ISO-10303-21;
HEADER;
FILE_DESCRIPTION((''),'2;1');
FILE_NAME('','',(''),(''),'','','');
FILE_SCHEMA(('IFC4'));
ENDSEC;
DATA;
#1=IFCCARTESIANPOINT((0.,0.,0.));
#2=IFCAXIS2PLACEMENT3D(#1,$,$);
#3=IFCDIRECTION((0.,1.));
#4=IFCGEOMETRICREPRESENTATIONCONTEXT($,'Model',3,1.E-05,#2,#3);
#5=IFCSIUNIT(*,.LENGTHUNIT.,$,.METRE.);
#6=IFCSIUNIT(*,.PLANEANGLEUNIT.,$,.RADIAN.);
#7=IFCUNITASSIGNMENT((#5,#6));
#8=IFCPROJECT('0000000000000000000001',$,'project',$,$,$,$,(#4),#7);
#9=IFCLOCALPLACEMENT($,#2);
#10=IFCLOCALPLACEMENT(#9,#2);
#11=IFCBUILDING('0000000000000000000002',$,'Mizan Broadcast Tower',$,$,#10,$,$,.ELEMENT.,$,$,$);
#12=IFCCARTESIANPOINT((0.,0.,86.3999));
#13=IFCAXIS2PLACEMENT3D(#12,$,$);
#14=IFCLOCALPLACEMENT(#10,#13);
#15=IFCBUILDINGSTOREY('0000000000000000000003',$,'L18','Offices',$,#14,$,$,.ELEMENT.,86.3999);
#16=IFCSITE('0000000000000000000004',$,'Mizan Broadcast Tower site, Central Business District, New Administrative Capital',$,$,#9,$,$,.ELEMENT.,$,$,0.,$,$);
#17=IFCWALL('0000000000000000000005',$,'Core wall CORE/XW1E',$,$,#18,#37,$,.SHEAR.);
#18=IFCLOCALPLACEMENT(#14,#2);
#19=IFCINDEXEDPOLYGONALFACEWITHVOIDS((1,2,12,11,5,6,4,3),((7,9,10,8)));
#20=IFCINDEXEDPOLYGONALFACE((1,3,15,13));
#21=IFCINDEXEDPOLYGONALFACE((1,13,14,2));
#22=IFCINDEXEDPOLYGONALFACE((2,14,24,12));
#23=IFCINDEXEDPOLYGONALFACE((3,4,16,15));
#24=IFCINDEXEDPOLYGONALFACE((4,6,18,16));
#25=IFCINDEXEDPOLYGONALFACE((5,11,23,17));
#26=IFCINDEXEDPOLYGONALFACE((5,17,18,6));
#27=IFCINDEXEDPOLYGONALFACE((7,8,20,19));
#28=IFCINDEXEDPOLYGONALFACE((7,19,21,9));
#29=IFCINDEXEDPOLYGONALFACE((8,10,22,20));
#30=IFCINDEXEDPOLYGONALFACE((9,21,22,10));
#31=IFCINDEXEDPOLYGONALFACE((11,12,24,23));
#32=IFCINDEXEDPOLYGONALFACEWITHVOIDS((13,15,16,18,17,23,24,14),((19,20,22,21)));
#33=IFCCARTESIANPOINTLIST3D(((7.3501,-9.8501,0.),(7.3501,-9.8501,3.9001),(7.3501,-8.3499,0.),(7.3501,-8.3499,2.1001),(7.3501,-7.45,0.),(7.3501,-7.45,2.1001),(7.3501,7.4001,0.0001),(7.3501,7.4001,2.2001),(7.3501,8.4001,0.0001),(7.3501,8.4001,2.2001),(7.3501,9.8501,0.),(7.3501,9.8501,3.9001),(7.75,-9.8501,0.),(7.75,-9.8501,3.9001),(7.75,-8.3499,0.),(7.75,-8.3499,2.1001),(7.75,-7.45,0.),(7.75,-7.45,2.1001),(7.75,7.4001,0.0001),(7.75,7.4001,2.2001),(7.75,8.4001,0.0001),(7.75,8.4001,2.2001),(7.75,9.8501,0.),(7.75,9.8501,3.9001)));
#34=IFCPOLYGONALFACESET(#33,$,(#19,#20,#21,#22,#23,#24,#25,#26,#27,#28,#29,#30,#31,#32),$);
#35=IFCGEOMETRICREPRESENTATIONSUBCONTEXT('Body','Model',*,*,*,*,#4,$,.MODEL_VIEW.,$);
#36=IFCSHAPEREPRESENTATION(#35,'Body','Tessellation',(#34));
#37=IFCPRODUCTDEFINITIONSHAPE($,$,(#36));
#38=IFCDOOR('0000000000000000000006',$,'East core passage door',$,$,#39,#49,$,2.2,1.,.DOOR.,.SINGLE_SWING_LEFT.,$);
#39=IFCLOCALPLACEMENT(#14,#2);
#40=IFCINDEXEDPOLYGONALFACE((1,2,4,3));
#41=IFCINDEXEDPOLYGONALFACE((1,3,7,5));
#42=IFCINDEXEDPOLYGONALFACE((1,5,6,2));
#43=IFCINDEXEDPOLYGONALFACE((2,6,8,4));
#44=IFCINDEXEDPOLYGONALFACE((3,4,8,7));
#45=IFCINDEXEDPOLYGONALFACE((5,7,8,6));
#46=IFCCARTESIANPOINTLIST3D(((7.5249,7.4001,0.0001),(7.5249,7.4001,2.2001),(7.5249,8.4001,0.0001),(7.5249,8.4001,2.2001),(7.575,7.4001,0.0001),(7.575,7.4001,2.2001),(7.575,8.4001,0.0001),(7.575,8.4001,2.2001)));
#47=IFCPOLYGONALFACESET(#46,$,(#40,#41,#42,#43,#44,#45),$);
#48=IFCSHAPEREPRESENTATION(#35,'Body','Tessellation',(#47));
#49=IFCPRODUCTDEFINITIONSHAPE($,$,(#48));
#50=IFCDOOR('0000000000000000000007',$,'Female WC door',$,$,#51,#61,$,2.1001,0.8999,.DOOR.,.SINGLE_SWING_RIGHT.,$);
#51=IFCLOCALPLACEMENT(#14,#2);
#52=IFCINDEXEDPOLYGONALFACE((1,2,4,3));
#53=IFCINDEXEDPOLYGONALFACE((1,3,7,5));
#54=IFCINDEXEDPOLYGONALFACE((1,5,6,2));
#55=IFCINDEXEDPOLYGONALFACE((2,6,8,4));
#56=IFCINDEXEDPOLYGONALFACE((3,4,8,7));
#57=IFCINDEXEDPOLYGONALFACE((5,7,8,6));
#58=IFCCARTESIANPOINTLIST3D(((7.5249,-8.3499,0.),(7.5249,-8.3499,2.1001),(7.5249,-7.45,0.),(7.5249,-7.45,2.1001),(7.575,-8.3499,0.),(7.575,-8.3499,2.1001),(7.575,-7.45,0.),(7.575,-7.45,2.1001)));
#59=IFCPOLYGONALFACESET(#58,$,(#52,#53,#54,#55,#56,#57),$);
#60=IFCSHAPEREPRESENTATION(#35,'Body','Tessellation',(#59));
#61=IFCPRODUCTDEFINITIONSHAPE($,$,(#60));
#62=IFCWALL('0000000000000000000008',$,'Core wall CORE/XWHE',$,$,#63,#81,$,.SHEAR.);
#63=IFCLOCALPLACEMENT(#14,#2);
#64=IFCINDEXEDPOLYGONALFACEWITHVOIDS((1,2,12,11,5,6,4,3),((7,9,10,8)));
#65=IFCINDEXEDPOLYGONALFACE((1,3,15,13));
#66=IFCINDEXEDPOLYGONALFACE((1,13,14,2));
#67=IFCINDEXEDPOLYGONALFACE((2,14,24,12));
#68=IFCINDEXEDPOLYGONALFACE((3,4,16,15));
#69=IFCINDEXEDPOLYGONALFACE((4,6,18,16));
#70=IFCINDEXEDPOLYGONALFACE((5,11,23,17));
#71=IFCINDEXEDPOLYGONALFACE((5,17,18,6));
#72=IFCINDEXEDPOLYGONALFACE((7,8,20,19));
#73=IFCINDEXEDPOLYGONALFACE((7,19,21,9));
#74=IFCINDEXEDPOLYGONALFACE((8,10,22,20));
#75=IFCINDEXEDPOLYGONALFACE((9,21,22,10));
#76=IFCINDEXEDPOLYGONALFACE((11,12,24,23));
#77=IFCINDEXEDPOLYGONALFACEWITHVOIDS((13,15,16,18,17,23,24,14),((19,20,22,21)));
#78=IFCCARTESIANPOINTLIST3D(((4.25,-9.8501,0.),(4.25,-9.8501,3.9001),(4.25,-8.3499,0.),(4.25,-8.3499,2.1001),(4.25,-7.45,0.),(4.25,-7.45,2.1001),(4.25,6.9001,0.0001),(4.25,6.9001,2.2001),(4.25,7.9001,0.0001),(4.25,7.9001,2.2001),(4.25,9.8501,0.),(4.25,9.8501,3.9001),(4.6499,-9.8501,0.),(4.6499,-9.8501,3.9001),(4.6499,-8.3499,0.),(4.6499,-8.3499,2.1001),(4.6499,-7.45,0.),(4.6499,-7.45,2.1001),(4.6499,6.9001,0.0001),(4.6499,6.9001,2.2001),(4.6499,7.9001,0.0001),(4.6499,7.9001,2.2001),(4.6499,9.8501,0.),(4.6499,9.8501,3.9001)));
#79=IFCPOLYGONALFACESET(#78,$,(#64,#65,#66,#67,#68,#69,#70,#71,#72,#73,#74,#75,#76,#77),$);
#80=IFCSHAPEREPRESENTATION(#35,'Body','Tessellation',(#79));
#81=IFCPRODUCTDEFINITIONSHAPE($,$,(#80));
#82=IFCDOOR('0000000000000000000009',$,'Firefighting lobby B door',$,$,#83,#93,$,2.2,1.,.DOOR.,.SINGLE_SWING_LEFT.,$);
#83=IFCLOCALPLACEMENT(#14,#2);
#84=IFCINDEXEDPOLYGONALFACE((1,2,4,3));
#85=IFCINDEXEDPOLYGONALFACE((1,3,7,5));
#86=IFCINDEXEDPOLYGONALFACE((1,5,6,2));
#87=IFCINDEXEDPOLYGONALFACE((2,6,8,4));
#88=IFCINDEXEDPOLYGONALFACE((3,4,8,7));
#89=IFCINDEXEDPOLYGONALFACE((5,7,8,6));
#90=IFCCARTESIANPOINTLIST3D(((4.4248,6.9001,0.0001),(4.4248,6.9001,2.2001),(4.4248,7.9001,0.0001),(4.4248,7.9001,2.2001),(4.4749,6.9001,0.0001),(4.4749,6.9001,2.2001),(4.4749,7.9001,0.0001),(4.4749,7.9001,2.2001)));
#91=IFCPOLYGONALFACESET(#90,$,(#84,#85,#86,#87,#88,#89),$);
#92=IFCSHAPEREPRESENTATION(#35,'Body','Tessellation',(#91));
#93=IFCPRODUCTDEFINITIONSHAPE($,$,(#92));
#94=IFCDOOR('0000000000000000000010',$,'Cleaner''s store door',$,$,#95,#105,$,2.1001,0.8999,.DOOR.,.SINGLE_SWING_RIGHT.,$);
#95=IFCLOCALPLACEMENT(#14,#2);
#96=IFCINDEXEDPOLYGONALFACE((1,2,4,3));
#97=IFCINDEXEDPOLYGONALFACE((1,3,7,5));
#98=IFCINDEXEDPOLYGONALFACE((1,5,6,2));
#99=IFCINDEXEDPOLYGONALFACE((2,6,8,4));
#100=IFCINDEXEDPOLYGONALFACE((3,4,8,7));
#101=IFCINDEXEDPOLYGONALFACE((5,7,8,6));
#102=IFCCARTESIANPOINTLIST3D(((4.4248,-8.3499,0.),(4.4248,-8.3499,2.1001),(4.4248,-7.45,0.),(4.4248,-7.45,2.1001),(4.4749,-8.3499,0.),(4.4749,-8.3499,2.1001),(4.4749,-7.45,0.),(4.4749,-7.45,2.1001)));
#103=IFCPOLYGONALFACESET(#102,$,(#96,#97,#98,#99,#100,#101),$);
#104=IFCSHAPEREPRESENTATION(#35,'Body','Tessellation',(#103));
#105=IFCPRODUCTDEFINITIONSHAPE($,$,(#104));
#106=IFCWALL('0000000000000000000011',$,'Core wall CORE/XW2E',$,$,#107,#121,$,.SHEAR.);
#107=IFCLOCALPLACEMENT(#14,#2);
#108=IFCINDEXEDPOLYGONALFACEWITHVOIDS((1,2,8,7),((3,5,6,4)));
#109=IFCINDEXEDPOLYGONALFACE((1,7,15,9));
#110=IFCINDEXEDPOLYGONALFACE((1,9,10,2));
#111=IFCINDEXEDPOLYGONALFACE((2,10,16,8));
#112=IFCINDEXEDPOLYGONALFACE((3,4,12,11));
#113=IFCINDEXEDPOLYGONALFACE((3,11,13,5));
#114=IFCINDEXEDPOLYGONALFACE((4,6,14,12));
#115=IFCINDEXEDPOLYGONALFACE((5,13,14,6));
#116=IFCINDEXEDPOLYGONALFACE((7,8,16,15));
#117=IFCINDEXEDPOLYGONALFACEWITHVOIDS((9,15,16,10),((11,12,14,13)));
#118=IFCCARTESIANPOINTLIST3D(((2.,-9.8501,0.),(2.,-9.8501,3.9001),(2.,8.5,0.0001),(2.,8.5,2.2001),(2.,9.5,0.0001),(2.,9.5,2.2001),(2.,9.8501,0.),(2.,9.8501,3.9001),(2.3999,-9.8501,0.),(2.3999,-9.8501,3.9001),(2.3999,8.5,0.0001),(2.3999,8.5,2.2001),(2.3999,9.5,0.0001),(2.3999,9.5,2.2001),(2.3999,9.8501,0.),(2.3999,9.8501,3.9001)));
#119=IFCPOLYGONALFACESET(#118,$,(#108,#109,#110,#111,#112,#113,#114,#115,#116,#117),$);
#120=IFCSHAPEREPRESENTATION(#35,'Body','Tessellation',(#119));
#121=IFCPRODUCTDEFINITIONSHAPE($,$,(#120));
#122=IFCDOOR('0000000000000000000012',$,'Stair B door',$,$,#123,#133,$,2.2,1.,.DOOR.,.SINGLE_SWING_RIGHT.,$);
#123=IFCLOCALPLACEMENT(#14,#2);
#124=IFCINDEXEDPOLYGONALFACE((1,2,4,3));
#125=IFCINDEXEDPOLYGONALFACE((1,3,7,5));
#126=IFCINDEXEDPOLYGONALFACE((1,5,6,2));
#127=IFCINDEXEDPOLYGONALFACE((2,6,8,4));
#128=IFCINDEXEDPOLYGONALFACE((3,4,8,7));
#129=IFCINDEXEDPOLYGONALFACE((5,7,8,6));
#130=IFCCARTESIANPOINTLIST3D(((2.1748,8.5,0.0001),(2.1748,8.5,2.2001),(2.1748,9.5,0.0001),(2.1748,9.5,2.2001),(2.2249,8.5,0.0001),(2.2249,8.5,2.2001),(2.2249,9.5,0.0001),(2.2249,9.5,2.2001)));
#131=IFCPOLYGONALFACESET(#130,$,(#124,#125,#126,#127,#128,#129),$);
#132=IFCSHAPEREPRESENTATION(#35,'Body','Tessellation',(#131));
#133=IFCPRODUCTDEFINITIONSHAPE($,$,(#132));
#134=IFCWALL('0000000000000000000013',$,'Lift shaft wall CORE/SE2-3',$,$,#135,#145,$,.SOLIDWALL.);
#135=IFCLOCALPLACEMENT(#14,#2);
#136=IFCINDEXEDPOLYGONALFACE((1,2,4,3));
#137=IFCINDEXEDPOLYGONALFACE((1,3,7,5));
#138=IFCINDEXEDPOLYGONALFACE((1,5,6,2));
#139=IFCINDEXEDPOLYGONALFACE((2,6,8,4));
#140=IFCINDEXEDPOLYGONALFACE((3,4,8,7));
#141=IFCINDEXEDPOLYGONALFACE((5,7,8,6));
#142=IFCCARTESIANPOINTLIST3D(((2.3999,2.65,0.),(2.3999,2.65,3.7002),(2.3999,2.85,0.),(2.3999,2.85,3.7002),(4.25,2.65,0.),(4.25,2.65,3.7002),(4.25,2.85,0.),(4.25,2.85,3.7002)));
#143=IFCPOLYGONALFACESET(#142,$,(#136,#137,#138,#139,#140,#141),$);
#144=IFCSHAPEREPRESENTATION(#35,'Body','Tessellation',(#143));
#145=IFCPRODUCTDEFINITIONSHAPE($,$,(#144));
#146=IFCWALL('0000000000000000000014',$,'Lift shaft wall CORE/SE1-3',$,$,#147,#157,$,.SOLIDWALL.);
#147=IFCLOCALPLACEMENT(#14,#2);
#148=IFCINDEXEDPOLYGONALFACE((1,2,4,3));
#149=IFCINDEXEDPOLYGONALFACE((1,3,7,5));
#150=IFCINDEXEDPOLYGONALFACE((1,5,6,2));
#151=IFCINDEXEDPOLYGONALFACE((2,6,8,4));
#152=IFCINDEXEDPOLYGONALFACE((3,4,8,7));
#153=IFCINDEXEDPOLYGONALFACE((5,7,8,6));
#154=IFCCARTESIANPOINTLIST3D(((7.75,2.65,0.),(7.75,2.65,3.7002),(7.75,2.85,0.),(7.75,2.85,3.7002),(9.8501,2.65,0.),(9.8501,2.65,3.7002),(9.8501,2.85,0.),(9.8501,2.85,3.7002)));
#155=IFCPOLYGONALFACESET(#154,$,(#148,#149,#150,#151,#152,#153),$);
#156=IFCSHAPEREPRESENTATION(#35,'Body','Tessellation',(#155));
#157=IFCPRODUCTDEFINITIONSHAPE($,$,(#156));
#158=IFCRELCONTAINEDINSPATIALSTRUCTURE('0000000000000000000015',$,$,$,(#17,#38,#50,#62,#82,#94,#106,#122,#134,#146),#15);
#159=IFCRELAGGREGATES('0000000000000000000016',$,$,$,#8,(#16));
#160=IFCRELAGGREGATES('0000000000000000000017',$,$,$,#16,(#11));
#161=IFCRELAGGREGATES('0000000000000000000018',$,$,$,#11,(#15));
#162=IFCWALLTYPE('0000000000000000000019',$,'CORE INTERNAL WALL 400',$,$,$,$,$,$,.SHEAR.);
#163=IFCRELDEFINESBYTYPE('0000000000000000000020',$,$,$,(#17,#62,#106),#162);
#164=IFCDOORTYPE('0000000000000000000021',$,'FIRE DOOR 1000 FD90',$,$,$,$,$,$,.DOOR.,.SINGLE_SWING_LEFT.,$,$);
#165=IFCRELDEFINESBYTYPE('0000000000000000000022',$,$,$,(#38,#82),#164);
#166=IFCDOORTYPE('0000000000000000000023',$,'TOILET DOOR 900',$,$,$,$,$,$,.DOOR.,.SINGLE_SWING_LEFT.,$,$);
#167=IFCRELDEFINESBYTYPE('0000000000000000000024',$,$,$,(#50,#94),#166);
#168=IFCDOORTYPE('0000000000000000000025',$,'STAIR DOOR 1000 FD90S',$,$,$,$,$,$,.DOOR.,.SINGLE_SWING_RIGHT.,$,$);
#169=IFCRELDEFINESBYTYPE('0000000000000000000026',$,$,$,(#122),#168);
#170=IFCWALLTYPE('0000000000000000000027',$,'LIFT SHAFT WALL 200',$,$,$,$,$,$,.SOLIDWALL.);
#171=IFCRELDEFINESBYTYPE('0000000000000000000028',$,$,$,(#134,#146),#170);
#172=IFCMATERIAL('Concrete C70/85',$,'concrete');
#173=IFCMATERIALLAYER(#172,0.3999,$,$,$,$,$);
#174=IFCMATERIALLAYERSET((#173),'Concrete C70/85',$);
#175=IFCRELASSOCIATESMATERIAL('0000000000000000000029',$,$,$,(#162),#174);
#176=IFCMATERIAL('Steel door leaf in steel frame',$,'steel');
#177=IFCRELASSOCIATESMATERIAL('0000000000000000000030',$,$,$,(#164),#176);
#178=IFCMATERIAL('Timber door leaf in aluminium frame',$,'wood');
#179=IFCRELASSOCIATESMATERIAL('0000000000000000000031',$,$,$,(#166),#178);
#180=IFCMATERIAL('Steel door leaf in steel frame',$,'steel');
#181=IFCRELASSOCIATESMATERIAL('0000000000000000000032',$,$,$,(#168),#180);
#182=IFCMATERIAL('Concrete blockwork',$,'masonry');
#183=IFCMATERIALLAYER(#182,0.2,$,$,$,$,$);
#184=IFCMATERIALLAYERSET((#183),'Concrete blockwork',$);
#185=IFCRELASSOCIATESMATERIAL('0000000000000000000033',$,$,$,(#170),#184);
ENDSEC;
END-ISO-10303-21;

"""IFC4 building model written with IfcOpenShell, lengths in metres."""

from ifc_helpers import new_model, si_unit, direction, frame, frame_2d, origin, place, context, subcontext, project, spatial, rectangle, extrude, material, layer, layer_set, type_object, element, fill, save


model = new_model("IFC4")

# Units and contexts
model_context = context("Model", 3, precision=1e-05, world=origin(), true_north=direction((0.0, 1.0)))
body_context = subcontext(model_context, "Body", "Model", "MODEL_VIEW")
ifc_project = project(units=[si_unit("LENGTHUNIT", "METRE"), si_unit("PLANEANGLEUNIT", "RADIAN")], contexts=[model_context])

# Site, building, storey
site_placement = place(None, origin())
site = spatial("IfcSite", under=ifc_project, at=site_placement, Name="Mizan Broadcast Tower site, Central Business District, New Administrative Capital", CompositionType="ELEMENT", RefElevation=0.0)
building_placement = place(site_placement, origin())
building = spatial("IfcBuilding", under=site, at=building_placement, Name="Mizan Broadcast Tower", CompositionType="ELEMENT")
storey_placement = place(building_placement, frame((0.0, 0.0, 86.3999)))
storey = spatial("IfcBuildingStorey", under=building, at=storey_placement, Name="L18", Description="Offices", CompositionType="ELEMENT", Elevation=86.3999)

# Walls, openings, doors
ifc_material_1 = material(Name="Concrete C70/85", Category="concrete")
ifc_layer_1 = layer(ifc_material_1, 0.3999)
ifc_layer_set_1 = layer_set([ifc_layer_1], Name="Concrete C70/85")
wall_type_1 = type_object("IfcWallType", Name="CORE INTERNAL WALL 400", PredefinedType="SHEAR", material=ifc_layer_set_1)
wall_1_placement = place(storey_placement, frame((7.55, 9.8501, 0.0), z_axis=(0.0, 0.0, 1.0), x_axis=(0.0, -1.0, 0.0)))
wall_1 = element("IfcWall", 1, at=wall_1_placement, inside=storey, type_object=wall_type_1, Name="Core wall CORE/XW1E", PredefinedType="SHEAR", context=body_context, shape_type="SweptSolid", body=[
    extrude(rectangle(XDim=19.7002, YDim=0.3999, at=frame_2d((9.8501, 0.0))), origin(), (0.0, 0.0, 1.0), 3.9001),
])
opening_1_placement = place(wall_1_placement, frame((1.45, 0.0, 0.0)))
opening_1 = element("IfcOpeningElement", 2, at=opening_1_placement, cuts=wall_1, PredefinedType="OPENING", context=body_context, shape_type="SweptSolid", body=[
    extrude(rectangle(XDim=1.0, YDim=2.2, at=frame_2d((0.5, 1.1001))), frame((0.0, 0.21, 0.0), z_axis=(0.0, -1.0, 0.0), x_axis=(1.0, 0.0, 0.0)), (0.0, 0.0, 1.0), 0.4199),
])
opening_2_placement = place(wall_1_placement, frame((17.3, 0.0, 0.0)))
opening_2 = element("IfcOpeningElement", 3, at=opening_2_placement, cuts=wall_1, PredefinedType="OPENING", context=body_context, shape_type="SweptSolid", body=[
    extrude(rectangle(XDim=0.8999, YDim=2.1001, at=frame_2d((0.45, 1.05))), frame((0.0, 0.21, 0.0), z_axis=(0.0, -1.0, 0.0), x_axis=(1.0, 0.0, 0.0)), (0.0, 0.0, 1.0), 0.4199),
])
ifc_material_2 = material(Name="Steel door leaf in steel frame", Category="steel")
door_type_1 = type_object("IfcDoorType", Name="FIRE DOOR 1000 FD90", OperationType="SINGLE_SWING_LEFT", PredefinedType="DOOR", material=ifc_material_2)
door_1_placement = place(opening_1_placement, origin())
door_1 = element("IfcDoor", 4, at=door_1_placement, inside=storey, type_object=door_type_1, Name="East core passage door", OperationType="SINGLE_SWING_LEFT", OverallHeight=2.2, OverallWidth=1.0, PredefinedType="DOOR", context=body_context, shape_type="SweptSolid", body=[
    extrude(rectangle(XDim=1.0, YDim=2.2, at=frame_2d((0.5, 1.1001))), frame((0.0, 0.0249, 0.0), z_axis=(0.0, -1.0, 0.0), x_axis=(1.0, 0.0, 0.0)), (0.0, 0.0, 1.0), 0.05),
])
fill(opening_1, door_1)
ifc_material_3 = material(Name="Timber door leaf in aluminium frame", Category="wood")
door_type_2 = type_object("IfcDoorType", Name="TOILET DOOR 900", OperationType="SINGLE_SWING_LEFT", PredefinedType="DOOR", material=ifc_material_3)
door_2_placement = place(opening_2_placement, origin())
door_2 = element("IfcDoor", 5, at=door_2_placement, inside=storey, type_object=door_type_2, Name="Female WC door", OperationType="SINGLE_SWING_RIGHT", OverallHeight=2.1001, OverallWidth=0.8999, PredefinedType="DOOR", context=body_context, shape_type="SweptSolid", body=[
    extrude(rectangle(XDim=0.8999, YDim=2.1001, at=frame_2d((0.45, 1.05))), frame((0.0, 0.0249, 0.0), z_axis=(0.0, -1.0, 0.0), x_axis=(1.0, 0.0, 0.0)), (0.0, 0.0, 1.0), 0.05),
])
fill(opening_2, door_2)
wall_2_placement = place(storey_placement, frame((4.45, 9.8501, 0.0), z_axis=(0.0, 0.0, 1.0), x_axis=(0.0, -1.0, 0.0)))
wall_2 = element("IfcWall", 6, at=wall_2_placement, inside=storey, type_object=wall_type_1, Name="Core wall CORE/XWHE", PredefinedType="SHEAR", context=body_context, shape_type="SweptSolid", body=[
    extrude(rectangle(XDim=19.7002, YDim=0.3999, at=frame_2d((9.8501, 0.0))), origin(), (0.0, 0.0, 1.0), 3.9001),
])
opening_3_placement = place(wall_2_placement, frame((1.95, 0.0, 0.0)))
opening_3 = element("IfcOpeningElement", 7, at=opening_3_placement, cuts=wall_2, PredefinedType="OPENING", context=body_context, shape_type="SweptSolid", body=[
    extrude(rectangle(XDim=1.0, YDim=2.2, at=frame_2d((0.5, 1.1001))), frame((0.0, 0.21, 0.0), z_axis=(0.0, -1.0, 0.0), x_axis=(1.0, 0.0, 0.0)), (0.0, 0.0, 1.0), 0.4199),
])
opening_4_placement = place(wall_2_placement, frame((17.3, 0.0, 0.0)))
opening_4 = element("IfcOpeningElement", 8, at=opening_4_placement, cuts=wall_2, PredefinedType="OPENING", context=body_context, shape_type="SweptSolid", body=[
    extrude(rectangle(XDim=0.8999, YDim=2.1001, at=frame_2d((0.45, 1.05))), frame((0.0, 0.21, 0.0), z_axis=(0.0, -1.0, 0.0), x_axis=(1.0, 0.0, 0.0)), (0.0, 0.0, 1.0), 0.4199),
])
door_3_placement = place(opening_3_placement, origin())
door_3 = element("IfcDoor", 9, at=door_3_placement, inside=storey, type_object=door_type_1, Name="Firefighting lobby B door", OperationType="SINGLE_SWING_LEFT", OverallHeight=2.2, OverallWidth=1.0, PredefinedType="DOOR", context=body_context, shape_type="SweptSolid", body=[
    extrude(rectangle(XDim=1.0, YDim=2.2, at=frame_2d((0.5, 1.1001))), frame((0.0, 0.0249, 0.0), z_axis=(0.0, -1.0, 0.0), x_axis=(1.0, 0.0, 0.0)), (0.0, 0.0, 1.0), 0.05),
])
fill(opening_3, door_3)
door_4_placement = place(opening_4_placement, origin())
door_4 = element("IfcDoor", 10, at=door_4_placement, inside=storey, type_object=door_type_2, Name="Cleaner's store door", OperationType="SINGLE_SWING_RIGHT", OverallHeight=2.1001, OverallWidth=0.8999, PredefinedType="DOOR", context=body_context, shape_type="SweptSolid", body=[
    extrude(rectangle(XDim=0.8999, YDim=2.1001, at=frame_2d((0.45, 1.05))), frame((0.0, 0.0249, 0.0), z_axis=(0.0, -1.0, 0.0), x_axis=(1.0, 0.0, 0.0)), (0.0, 0.0, 1.0), 0.05),
])
fill(opening_4, door_4)

# Wall, opening, door
wall_3_placement = place(storey_placement, frame((2.2, 9.8501, 0.0), z_axis=(0.0, 0.0, 1.0), x_axis=(0.0, -1.0, 0.0)))
wall_3 = element("IfcWall", 11, at=wall_3_placement, inside=storey, type_object=wall_type_1, Name="Core wall CORE/XW2E", PredefinedType="SHEAR", context=body_context, shape_type="SweptSolid", body=[
    extrude(rectangle(XDim=19.7002, YDim=0.3999, at=frame_2d((9.8501, 0.0))), origin(), (0.0, 0.0, 1.0), 3.9001),
])
opening_5_placement = place(wall_3_placement, frame((0.3501, 0.0, 0.0)))
opening_5 = element("IfcOpeningElement", 12, at=opening_5_placement, cuts=wall_3, PredefinedType="OPENING", context=body_context, shape_type="SweptSolid", body=[
    extrude(rectangle(XDim=1.0, YDim=2.2, at=frame_2d((0.5, 1.1001))), frame((0.0, 0.21, 0.0), z_axis=(0.0, -1.0, 0.0), x_axis=(1.0, 0.0, 0.0)), (0.0, 0.0, 1.0), 0.4199),
])
ifc_material_4 = material(Name="Steel door leaf in steel frame", Category="steel")
door_type_3 = type_object("IfcDoorType", Name="STAIR DOOR 1000 FD90S", OperationType="SINGLE_SWING_RIGHT", PredefinedType="DOOR", material=ifc_material_4)
door_5_placement = place(opening_5_placement, origin())
door_5 = element("IfcDoor", 13, at=door_5_placement, inside=storey, type_object=door_type_3, Name="Stair B door", OperationType="SINGLE_SWING_RIGHT", OverallHeight=2.2, OverallWidth=1.0, PredefinedType="DOOR", context=body_context, shape_type="SweptSolid", body=[
    extrude(rectangle(XDim=1.0, YDim=2.2, at=frame_2d((0.5, 1.1001))), frame((0.0, 0.0249, 0.0), z_axis=(0.0, -1.0, 0.0), x_axis=(1.0, 0.0, 0.0)), (0.0, 0.0, 1.0), 0.05),
])
fill(opening_5, door_5)

# Walls
ifc_material_5 = material(Name="Concrete blockwork", Category="masonry")
ifc_layer_2 = layer(ifc_material_5, 0.2)
ifc_layer_set_2 = layer_set([ifc_layer_2], Name="Concrete blockwork")
wall_type_2 = type_object("IfcWallType", Name="LIFT SHAFT WALL 200", PredefinedType="SOLIDWALL", material=ifc_layer_set_2)
wall_4_placement = place(storey_placement, frame((2.3999, 2.75, 0.0), z_axis=(0.0, 0.0, 1.0), x_axis=(1.0, 0.0, 0.0)))
element("IfcWall", 14, at=wall_4_placement, inside=storey, type_object=wall_type_2, Name="Lift shaft wall CORE/SE2-3", PredefinedType="SOLIDWALL", context=body_context, shape_type="SweptSolid", body=[
    extrude(rectangle(XDim=1.8501, YDim=0.2, at=frame_2d((0.925, 0.0))), origin(), (0.0, 0.0, 1.0), 3.7002),
])
wall_5_placement = place(storey_placement, frame((7.75, 2.75, 0.0), z_axis=(0.0, 0.0, 1.0), x_axis=(1.0, 0.0, 0.0)))
element("IfcWall", 15, at=wall_5_placement, inside=storey, type_object=wall_type_2, Name="Lift shaft wall CORE/SE1-3", PredefinedType="SOLIDWALL", context=body_context, shape_type="SweptSolid", body=[
    extrude(rectangle(XDim=2.1001, YDim=0.2, at=frame_2d((1.05, 0.0))), origin(), (0.0, 0.0, 1.0), 3.7002),
])

save(model, "model.ifc")
